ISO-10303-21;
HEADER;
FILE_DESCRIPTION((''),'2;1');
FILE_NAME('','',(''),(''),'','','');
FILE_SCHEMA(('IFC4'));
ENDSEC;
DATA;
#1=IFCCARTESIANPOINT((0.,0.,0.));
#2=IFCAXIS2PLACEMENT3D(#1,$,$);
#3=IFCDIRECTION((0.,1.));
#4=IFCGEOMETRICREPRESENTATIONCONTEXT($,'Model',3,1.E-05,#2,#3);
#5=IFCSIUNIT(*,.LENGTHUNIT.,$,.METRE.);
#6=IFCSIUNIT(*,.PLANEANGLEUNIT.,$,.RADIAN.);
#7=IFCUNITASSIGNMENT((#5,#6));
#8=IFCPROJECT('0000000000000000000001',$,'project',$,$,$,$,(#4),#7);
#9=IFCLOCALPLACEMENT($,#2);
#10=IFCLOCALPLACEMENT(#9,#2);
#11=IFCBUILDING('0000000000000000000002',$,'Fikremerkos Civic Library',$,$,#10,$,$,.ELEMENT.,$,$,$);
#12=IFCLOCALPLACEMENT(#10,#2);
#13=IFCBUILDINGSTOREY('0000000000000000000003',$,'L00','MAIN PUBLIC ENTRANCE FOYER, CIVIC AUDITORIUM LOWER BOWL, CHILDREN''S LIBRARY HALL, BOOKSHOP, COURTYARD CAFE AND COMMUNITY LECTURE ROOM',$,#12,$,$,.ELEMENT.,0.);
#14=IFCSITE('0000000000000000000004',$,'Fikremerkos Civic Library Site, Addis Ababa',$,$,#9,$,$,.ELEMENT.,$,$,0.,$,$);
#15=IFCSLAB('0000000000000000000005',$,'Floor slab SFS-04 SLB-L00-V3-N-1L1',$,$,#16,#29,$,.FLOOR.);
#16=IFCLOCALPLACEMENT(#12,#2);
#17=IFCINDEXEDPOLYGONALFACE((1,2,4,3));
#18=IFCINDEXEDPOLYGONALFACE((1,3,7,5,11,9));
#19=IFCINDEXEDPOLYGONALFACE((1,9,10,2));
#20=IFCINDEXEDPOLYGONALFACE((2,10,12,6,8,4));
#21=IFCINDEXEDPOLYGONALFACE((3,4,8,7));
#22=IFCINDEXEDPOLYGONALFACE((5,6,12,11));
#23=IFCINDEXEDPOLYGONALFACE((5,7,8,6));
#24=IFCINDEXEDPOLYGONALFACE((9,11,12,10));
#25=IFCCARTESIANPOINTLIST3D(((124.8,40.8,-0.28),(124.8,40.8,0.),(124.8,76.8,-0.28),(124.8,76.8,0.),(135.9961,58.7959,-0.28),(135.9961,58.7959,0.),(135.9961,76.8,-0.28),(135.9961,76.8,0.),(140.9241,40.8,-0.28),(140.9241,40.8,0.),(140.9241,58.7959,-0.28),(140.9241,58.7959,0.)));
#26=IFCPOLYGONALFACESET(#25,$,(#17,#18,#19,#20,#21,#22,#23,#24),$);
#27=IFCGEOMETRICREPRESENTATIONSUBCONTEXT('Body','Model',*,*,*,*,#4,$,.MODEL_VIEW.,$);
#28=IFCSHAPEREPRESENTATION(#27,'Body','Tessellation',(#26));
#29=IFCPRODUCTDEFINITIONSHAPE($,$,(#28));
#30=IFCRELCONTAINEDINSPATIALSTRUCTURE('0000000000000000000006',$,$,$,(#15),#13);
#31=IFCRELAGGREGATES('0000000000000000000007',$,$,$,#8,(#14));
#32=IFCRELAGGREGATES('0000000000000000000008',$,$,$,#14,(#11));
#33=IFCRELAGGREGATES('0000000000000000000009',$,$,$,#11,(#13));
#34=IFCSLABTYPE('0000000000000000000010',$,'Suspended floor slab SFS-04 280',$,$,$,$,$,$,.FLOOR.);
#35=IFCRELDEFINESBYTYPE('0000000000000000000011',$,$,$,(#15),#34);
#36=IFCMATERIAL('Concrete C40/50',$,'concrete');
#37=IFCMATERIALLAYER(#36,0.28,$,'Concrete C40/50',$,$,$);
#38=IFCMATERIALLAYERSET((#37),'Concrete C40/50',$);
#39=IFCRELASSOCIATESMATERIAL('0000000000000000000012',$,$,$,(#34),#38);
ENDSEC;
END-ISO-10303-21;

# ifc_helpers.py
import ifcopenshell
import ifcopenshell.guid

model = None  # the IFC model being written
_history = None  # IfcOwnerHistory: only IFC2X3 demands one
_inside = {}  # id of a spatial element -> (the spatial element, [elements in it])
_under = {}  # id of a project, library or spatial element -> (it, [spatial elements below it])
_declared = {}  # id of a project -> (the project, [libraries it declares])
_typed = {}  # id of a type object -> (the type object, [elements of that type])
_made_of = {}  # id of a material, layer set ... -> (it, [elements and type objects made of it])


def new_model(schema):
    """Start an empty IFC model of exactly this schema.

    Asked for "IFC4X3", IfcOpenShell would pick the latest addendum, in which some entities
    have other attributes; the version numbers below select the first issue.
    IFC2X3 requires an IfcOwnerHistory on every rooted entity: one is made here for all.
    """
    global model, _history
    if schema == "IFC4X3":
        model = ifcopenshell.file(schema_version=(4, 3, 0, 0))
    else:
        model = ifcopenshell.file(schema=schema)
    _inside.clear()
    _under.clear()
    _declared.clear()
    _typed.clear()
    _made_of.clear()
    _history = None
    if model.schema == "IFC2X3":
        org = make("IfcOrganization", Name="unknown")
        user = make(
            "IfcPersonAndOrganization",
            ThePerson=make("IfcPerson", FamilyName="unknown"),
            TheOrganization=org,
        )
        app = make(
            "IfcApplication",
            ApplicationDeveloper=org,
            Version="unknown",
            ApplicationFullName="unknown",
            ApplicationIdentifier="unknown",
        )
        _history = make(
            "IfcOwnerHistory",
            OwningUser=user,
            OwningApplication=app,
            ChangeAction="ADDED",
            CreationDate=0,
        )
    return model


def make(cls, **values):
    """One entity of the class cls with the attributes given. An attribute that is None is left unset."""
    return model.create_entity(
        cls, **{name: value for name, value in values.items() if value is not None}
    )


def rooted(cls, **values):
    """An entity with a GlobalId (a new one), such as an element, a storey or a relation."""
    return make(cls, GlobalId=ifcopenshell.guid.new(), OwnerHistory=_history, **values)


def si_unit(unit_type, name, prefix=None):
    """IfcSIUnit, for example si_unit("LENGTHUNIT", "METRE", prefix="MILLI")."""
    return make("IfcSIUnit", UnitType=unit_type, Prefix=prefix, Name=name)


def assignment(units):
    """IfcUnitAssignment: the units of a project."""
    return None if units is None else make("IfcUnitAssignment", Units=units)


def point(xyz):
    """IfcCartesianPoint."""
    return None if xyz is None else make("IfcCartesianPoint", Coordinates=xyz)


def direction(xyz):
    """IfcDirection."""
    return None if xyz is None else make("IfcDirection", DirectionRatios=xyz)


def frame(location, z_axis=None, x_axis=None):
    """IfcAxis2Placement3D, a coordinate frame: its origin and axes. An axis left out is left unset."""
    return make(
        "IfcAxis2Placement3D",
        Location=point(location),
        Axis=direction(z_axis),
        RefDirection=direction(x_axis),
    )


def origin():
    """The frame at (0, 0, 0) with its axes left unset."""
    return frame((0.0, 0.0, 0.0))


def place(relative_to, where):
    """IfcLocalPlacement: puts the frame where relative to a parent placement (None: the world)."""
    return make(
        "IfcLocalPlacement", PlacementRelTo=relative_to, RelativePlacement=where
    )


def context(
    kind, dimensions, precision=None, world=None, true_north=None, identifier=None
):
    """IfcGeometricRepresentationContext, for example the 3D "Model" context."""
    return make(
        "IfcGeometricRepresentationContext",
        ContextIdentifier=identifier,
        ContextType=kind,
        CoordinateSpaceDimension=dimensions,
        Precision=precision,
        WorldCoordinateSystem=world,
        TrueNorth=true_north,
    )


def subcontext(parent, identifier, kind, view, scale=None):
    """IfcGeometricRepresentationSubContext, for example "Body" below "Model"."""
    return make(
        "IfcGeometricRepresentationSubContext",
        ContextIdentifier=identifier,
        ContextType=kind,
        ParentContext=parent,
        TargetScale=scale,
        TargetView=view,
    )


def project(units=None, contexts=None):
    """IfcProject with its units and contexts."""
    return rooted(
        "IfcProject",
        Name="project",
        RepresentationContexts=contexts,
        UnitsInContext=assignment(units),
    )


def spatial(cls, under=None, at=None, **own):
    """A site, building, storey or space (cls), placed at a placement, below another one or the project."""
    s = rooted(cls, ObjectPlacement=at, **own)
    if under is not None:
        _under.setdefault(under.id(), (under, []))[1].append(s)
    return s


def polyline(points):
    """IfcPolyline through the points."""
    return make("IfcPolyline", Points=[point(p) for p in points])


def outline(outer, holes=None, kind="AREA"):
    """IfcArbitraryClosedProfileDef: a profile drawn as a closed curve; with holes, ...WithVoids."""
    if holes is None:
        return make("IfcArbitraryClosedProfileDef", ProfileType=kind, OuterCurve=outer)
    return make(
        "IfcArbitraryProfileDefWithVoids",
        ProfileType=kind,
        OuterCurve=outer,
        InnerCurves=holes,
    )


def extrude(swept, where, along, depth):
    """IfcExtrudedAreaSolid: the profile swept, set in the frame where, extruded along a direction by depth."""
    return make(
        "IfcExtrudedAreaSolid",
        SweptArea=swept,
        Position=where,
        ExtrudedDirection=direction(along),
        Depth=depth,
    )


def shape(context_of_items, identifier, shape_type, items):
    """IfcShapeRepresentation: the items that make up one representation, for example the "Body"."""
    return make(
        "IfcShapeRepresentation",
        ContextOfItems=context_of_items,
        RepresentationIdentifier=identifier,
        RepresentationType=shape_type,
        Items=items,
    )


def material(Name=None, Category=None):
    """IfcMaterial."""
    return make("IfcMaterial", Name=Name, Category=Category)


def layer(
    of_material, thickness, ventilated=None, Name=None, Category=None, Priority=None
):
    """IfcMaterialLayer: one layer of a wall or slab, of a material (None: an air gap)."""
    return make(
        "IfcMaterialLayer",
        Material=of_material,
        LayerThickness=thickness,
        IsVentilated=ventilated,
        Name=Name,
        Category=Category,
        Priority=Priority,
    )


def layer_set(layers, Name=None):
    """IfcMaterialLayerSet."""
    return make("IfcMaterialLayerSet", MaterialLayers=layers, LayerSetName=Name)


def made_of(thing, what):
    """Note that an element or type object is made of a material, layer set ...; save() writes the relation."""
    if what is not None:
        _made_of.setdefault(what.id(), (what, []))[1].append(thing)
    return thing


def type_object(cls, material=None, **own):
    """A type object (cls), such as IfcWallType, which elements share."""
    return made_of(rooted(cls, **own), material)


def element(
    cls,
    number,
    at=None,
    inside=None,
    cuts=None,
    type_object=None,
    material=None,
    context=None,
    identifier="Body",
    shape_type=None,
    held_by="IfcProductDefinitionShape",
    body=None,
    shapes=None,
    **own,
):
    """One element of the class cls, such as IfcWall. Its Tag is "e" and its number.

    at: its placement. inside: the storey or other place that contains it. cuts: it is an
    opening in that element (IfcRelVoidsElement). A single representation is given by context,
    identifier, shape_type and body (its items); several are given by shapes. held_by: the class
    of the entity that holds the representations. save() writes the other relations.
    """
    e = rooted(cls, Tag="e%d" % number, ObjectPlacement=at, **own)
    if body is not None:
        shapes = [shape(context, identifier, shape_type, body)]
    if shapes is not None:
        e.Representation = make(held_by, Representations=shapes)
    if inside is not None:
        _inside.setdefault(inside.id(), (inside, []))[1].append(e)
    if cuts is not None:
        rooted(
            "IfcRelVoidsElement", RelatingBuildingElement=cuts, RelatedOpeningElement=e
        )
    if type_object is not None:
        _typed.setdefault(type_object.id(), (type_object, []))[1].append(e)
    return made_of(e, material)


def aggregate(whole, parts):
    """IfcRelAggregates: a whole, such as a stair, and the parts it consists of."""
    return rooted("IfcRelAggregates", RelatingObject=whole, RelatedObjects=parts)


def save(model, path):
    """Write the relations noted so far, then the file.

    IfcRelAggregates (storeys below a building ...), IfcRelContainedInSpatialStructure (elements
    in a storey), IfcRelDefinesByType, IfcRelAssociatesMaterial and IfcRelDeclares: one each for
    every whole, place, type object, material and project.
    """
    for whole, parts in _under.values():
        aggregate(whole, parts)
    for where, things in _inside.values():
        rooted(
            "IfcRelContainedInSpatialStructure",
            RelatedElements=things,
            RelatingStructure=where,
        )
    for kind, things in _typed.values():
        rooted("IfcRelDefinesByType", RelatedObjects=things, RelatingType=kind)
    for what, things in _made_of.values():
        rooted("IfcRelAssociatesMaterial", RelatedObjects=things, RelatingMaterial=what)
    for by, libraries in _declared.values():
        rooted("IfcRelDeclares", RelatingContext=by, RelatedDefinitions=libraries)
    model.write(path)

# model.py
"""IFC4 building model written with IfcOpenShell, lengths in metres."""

from ifc_helpers import new_model, si_unit, direction, frame, origin, place, context, subcontext, project, spatial, polyline, outline, extrude, material, layer, layer_set, type_object, element, save


model = new_model("IFC4")

# Units and contexts
model_context = context("Model", 3, precision=1e-05, world=origin(), true_north=direction((0.0, 1.0)))
body_context = subcontext(model_context, "Body", "Model", "MODEL_VIEW")
ifc_project = project(units=[si_unit("LENGTHUNIT", "METRE"), si_unit("PLANEANGLEUNIT", "RADIAN")], contexts=[model_context])

# Site, building, storey
site_placement = place(None, origin())
site = spatial("IfcSite", under=ifc_project, at=site_placement, Name="Fikremerkos Civic Library Site, Addis Ababa", CompositionType="ELEMENT", RefElevation=0.0)
building_placement = place(site_placement, origin())
building = spatial("IfcBuilding", under=site, at=building_placement, Name="Fikremerkos Civic Library", CompositionType="ELEMENT")
storey_placement = place(building_placement, origin())
storey = spatial("IfcBuildingStorey", under=building, at=storey_placement, Name="L00", Description="MAIN PUBLIC ENTRANCE FOYER, CIVIC AUDITORIUM LOWER BOWL, CHILDREN'S LIBRARY HALL, BOOKSHOP, COURTYARD CAFE AND COMMUNITY LECTURE ROOM", CompositionType="ELEMENT", Elevation=0.0)

# Slab
ifc_material = material(Name="Concrete C40/50", Category="concrete")
ifc_layer_1 = layer(ifc_material, 0.28, Name="Concrete C40/50")
ifc_layer_set_1 = layer_set([ifc_layer_1], Name="Concrete C40/50")
slab_type_1 = type_object("IfcSlabType", Name="Suspended floor slab SFS-04 280", PredefinedType="FLOOR", material=ifc_layer_set_1)
slab_1_placement = place(storey_placement, frame((0.0, 0.0, -0.28)))
element("IfcSlab", 1, at=slab_1_placement, inside=storey, type_object=slab_type_1, Name="Floor slab SFS-04 SLB-L00-V3-N-1L1", PredefinedType="FLOOR", context=body_context, shape_type="SweptSolid", body=[
    extrude(outline(polyline([(124.8, 40.8), (140.9241, 40.8), (140.9241, 58.7959), (135.9961, 58.7959), (135.9961, 76.8), (124.8, 76.8), (124.8, 40.8)])), origin(), (0.0, 0.0, 1.0), 0.28),
])

save(model, "model.ifc")
